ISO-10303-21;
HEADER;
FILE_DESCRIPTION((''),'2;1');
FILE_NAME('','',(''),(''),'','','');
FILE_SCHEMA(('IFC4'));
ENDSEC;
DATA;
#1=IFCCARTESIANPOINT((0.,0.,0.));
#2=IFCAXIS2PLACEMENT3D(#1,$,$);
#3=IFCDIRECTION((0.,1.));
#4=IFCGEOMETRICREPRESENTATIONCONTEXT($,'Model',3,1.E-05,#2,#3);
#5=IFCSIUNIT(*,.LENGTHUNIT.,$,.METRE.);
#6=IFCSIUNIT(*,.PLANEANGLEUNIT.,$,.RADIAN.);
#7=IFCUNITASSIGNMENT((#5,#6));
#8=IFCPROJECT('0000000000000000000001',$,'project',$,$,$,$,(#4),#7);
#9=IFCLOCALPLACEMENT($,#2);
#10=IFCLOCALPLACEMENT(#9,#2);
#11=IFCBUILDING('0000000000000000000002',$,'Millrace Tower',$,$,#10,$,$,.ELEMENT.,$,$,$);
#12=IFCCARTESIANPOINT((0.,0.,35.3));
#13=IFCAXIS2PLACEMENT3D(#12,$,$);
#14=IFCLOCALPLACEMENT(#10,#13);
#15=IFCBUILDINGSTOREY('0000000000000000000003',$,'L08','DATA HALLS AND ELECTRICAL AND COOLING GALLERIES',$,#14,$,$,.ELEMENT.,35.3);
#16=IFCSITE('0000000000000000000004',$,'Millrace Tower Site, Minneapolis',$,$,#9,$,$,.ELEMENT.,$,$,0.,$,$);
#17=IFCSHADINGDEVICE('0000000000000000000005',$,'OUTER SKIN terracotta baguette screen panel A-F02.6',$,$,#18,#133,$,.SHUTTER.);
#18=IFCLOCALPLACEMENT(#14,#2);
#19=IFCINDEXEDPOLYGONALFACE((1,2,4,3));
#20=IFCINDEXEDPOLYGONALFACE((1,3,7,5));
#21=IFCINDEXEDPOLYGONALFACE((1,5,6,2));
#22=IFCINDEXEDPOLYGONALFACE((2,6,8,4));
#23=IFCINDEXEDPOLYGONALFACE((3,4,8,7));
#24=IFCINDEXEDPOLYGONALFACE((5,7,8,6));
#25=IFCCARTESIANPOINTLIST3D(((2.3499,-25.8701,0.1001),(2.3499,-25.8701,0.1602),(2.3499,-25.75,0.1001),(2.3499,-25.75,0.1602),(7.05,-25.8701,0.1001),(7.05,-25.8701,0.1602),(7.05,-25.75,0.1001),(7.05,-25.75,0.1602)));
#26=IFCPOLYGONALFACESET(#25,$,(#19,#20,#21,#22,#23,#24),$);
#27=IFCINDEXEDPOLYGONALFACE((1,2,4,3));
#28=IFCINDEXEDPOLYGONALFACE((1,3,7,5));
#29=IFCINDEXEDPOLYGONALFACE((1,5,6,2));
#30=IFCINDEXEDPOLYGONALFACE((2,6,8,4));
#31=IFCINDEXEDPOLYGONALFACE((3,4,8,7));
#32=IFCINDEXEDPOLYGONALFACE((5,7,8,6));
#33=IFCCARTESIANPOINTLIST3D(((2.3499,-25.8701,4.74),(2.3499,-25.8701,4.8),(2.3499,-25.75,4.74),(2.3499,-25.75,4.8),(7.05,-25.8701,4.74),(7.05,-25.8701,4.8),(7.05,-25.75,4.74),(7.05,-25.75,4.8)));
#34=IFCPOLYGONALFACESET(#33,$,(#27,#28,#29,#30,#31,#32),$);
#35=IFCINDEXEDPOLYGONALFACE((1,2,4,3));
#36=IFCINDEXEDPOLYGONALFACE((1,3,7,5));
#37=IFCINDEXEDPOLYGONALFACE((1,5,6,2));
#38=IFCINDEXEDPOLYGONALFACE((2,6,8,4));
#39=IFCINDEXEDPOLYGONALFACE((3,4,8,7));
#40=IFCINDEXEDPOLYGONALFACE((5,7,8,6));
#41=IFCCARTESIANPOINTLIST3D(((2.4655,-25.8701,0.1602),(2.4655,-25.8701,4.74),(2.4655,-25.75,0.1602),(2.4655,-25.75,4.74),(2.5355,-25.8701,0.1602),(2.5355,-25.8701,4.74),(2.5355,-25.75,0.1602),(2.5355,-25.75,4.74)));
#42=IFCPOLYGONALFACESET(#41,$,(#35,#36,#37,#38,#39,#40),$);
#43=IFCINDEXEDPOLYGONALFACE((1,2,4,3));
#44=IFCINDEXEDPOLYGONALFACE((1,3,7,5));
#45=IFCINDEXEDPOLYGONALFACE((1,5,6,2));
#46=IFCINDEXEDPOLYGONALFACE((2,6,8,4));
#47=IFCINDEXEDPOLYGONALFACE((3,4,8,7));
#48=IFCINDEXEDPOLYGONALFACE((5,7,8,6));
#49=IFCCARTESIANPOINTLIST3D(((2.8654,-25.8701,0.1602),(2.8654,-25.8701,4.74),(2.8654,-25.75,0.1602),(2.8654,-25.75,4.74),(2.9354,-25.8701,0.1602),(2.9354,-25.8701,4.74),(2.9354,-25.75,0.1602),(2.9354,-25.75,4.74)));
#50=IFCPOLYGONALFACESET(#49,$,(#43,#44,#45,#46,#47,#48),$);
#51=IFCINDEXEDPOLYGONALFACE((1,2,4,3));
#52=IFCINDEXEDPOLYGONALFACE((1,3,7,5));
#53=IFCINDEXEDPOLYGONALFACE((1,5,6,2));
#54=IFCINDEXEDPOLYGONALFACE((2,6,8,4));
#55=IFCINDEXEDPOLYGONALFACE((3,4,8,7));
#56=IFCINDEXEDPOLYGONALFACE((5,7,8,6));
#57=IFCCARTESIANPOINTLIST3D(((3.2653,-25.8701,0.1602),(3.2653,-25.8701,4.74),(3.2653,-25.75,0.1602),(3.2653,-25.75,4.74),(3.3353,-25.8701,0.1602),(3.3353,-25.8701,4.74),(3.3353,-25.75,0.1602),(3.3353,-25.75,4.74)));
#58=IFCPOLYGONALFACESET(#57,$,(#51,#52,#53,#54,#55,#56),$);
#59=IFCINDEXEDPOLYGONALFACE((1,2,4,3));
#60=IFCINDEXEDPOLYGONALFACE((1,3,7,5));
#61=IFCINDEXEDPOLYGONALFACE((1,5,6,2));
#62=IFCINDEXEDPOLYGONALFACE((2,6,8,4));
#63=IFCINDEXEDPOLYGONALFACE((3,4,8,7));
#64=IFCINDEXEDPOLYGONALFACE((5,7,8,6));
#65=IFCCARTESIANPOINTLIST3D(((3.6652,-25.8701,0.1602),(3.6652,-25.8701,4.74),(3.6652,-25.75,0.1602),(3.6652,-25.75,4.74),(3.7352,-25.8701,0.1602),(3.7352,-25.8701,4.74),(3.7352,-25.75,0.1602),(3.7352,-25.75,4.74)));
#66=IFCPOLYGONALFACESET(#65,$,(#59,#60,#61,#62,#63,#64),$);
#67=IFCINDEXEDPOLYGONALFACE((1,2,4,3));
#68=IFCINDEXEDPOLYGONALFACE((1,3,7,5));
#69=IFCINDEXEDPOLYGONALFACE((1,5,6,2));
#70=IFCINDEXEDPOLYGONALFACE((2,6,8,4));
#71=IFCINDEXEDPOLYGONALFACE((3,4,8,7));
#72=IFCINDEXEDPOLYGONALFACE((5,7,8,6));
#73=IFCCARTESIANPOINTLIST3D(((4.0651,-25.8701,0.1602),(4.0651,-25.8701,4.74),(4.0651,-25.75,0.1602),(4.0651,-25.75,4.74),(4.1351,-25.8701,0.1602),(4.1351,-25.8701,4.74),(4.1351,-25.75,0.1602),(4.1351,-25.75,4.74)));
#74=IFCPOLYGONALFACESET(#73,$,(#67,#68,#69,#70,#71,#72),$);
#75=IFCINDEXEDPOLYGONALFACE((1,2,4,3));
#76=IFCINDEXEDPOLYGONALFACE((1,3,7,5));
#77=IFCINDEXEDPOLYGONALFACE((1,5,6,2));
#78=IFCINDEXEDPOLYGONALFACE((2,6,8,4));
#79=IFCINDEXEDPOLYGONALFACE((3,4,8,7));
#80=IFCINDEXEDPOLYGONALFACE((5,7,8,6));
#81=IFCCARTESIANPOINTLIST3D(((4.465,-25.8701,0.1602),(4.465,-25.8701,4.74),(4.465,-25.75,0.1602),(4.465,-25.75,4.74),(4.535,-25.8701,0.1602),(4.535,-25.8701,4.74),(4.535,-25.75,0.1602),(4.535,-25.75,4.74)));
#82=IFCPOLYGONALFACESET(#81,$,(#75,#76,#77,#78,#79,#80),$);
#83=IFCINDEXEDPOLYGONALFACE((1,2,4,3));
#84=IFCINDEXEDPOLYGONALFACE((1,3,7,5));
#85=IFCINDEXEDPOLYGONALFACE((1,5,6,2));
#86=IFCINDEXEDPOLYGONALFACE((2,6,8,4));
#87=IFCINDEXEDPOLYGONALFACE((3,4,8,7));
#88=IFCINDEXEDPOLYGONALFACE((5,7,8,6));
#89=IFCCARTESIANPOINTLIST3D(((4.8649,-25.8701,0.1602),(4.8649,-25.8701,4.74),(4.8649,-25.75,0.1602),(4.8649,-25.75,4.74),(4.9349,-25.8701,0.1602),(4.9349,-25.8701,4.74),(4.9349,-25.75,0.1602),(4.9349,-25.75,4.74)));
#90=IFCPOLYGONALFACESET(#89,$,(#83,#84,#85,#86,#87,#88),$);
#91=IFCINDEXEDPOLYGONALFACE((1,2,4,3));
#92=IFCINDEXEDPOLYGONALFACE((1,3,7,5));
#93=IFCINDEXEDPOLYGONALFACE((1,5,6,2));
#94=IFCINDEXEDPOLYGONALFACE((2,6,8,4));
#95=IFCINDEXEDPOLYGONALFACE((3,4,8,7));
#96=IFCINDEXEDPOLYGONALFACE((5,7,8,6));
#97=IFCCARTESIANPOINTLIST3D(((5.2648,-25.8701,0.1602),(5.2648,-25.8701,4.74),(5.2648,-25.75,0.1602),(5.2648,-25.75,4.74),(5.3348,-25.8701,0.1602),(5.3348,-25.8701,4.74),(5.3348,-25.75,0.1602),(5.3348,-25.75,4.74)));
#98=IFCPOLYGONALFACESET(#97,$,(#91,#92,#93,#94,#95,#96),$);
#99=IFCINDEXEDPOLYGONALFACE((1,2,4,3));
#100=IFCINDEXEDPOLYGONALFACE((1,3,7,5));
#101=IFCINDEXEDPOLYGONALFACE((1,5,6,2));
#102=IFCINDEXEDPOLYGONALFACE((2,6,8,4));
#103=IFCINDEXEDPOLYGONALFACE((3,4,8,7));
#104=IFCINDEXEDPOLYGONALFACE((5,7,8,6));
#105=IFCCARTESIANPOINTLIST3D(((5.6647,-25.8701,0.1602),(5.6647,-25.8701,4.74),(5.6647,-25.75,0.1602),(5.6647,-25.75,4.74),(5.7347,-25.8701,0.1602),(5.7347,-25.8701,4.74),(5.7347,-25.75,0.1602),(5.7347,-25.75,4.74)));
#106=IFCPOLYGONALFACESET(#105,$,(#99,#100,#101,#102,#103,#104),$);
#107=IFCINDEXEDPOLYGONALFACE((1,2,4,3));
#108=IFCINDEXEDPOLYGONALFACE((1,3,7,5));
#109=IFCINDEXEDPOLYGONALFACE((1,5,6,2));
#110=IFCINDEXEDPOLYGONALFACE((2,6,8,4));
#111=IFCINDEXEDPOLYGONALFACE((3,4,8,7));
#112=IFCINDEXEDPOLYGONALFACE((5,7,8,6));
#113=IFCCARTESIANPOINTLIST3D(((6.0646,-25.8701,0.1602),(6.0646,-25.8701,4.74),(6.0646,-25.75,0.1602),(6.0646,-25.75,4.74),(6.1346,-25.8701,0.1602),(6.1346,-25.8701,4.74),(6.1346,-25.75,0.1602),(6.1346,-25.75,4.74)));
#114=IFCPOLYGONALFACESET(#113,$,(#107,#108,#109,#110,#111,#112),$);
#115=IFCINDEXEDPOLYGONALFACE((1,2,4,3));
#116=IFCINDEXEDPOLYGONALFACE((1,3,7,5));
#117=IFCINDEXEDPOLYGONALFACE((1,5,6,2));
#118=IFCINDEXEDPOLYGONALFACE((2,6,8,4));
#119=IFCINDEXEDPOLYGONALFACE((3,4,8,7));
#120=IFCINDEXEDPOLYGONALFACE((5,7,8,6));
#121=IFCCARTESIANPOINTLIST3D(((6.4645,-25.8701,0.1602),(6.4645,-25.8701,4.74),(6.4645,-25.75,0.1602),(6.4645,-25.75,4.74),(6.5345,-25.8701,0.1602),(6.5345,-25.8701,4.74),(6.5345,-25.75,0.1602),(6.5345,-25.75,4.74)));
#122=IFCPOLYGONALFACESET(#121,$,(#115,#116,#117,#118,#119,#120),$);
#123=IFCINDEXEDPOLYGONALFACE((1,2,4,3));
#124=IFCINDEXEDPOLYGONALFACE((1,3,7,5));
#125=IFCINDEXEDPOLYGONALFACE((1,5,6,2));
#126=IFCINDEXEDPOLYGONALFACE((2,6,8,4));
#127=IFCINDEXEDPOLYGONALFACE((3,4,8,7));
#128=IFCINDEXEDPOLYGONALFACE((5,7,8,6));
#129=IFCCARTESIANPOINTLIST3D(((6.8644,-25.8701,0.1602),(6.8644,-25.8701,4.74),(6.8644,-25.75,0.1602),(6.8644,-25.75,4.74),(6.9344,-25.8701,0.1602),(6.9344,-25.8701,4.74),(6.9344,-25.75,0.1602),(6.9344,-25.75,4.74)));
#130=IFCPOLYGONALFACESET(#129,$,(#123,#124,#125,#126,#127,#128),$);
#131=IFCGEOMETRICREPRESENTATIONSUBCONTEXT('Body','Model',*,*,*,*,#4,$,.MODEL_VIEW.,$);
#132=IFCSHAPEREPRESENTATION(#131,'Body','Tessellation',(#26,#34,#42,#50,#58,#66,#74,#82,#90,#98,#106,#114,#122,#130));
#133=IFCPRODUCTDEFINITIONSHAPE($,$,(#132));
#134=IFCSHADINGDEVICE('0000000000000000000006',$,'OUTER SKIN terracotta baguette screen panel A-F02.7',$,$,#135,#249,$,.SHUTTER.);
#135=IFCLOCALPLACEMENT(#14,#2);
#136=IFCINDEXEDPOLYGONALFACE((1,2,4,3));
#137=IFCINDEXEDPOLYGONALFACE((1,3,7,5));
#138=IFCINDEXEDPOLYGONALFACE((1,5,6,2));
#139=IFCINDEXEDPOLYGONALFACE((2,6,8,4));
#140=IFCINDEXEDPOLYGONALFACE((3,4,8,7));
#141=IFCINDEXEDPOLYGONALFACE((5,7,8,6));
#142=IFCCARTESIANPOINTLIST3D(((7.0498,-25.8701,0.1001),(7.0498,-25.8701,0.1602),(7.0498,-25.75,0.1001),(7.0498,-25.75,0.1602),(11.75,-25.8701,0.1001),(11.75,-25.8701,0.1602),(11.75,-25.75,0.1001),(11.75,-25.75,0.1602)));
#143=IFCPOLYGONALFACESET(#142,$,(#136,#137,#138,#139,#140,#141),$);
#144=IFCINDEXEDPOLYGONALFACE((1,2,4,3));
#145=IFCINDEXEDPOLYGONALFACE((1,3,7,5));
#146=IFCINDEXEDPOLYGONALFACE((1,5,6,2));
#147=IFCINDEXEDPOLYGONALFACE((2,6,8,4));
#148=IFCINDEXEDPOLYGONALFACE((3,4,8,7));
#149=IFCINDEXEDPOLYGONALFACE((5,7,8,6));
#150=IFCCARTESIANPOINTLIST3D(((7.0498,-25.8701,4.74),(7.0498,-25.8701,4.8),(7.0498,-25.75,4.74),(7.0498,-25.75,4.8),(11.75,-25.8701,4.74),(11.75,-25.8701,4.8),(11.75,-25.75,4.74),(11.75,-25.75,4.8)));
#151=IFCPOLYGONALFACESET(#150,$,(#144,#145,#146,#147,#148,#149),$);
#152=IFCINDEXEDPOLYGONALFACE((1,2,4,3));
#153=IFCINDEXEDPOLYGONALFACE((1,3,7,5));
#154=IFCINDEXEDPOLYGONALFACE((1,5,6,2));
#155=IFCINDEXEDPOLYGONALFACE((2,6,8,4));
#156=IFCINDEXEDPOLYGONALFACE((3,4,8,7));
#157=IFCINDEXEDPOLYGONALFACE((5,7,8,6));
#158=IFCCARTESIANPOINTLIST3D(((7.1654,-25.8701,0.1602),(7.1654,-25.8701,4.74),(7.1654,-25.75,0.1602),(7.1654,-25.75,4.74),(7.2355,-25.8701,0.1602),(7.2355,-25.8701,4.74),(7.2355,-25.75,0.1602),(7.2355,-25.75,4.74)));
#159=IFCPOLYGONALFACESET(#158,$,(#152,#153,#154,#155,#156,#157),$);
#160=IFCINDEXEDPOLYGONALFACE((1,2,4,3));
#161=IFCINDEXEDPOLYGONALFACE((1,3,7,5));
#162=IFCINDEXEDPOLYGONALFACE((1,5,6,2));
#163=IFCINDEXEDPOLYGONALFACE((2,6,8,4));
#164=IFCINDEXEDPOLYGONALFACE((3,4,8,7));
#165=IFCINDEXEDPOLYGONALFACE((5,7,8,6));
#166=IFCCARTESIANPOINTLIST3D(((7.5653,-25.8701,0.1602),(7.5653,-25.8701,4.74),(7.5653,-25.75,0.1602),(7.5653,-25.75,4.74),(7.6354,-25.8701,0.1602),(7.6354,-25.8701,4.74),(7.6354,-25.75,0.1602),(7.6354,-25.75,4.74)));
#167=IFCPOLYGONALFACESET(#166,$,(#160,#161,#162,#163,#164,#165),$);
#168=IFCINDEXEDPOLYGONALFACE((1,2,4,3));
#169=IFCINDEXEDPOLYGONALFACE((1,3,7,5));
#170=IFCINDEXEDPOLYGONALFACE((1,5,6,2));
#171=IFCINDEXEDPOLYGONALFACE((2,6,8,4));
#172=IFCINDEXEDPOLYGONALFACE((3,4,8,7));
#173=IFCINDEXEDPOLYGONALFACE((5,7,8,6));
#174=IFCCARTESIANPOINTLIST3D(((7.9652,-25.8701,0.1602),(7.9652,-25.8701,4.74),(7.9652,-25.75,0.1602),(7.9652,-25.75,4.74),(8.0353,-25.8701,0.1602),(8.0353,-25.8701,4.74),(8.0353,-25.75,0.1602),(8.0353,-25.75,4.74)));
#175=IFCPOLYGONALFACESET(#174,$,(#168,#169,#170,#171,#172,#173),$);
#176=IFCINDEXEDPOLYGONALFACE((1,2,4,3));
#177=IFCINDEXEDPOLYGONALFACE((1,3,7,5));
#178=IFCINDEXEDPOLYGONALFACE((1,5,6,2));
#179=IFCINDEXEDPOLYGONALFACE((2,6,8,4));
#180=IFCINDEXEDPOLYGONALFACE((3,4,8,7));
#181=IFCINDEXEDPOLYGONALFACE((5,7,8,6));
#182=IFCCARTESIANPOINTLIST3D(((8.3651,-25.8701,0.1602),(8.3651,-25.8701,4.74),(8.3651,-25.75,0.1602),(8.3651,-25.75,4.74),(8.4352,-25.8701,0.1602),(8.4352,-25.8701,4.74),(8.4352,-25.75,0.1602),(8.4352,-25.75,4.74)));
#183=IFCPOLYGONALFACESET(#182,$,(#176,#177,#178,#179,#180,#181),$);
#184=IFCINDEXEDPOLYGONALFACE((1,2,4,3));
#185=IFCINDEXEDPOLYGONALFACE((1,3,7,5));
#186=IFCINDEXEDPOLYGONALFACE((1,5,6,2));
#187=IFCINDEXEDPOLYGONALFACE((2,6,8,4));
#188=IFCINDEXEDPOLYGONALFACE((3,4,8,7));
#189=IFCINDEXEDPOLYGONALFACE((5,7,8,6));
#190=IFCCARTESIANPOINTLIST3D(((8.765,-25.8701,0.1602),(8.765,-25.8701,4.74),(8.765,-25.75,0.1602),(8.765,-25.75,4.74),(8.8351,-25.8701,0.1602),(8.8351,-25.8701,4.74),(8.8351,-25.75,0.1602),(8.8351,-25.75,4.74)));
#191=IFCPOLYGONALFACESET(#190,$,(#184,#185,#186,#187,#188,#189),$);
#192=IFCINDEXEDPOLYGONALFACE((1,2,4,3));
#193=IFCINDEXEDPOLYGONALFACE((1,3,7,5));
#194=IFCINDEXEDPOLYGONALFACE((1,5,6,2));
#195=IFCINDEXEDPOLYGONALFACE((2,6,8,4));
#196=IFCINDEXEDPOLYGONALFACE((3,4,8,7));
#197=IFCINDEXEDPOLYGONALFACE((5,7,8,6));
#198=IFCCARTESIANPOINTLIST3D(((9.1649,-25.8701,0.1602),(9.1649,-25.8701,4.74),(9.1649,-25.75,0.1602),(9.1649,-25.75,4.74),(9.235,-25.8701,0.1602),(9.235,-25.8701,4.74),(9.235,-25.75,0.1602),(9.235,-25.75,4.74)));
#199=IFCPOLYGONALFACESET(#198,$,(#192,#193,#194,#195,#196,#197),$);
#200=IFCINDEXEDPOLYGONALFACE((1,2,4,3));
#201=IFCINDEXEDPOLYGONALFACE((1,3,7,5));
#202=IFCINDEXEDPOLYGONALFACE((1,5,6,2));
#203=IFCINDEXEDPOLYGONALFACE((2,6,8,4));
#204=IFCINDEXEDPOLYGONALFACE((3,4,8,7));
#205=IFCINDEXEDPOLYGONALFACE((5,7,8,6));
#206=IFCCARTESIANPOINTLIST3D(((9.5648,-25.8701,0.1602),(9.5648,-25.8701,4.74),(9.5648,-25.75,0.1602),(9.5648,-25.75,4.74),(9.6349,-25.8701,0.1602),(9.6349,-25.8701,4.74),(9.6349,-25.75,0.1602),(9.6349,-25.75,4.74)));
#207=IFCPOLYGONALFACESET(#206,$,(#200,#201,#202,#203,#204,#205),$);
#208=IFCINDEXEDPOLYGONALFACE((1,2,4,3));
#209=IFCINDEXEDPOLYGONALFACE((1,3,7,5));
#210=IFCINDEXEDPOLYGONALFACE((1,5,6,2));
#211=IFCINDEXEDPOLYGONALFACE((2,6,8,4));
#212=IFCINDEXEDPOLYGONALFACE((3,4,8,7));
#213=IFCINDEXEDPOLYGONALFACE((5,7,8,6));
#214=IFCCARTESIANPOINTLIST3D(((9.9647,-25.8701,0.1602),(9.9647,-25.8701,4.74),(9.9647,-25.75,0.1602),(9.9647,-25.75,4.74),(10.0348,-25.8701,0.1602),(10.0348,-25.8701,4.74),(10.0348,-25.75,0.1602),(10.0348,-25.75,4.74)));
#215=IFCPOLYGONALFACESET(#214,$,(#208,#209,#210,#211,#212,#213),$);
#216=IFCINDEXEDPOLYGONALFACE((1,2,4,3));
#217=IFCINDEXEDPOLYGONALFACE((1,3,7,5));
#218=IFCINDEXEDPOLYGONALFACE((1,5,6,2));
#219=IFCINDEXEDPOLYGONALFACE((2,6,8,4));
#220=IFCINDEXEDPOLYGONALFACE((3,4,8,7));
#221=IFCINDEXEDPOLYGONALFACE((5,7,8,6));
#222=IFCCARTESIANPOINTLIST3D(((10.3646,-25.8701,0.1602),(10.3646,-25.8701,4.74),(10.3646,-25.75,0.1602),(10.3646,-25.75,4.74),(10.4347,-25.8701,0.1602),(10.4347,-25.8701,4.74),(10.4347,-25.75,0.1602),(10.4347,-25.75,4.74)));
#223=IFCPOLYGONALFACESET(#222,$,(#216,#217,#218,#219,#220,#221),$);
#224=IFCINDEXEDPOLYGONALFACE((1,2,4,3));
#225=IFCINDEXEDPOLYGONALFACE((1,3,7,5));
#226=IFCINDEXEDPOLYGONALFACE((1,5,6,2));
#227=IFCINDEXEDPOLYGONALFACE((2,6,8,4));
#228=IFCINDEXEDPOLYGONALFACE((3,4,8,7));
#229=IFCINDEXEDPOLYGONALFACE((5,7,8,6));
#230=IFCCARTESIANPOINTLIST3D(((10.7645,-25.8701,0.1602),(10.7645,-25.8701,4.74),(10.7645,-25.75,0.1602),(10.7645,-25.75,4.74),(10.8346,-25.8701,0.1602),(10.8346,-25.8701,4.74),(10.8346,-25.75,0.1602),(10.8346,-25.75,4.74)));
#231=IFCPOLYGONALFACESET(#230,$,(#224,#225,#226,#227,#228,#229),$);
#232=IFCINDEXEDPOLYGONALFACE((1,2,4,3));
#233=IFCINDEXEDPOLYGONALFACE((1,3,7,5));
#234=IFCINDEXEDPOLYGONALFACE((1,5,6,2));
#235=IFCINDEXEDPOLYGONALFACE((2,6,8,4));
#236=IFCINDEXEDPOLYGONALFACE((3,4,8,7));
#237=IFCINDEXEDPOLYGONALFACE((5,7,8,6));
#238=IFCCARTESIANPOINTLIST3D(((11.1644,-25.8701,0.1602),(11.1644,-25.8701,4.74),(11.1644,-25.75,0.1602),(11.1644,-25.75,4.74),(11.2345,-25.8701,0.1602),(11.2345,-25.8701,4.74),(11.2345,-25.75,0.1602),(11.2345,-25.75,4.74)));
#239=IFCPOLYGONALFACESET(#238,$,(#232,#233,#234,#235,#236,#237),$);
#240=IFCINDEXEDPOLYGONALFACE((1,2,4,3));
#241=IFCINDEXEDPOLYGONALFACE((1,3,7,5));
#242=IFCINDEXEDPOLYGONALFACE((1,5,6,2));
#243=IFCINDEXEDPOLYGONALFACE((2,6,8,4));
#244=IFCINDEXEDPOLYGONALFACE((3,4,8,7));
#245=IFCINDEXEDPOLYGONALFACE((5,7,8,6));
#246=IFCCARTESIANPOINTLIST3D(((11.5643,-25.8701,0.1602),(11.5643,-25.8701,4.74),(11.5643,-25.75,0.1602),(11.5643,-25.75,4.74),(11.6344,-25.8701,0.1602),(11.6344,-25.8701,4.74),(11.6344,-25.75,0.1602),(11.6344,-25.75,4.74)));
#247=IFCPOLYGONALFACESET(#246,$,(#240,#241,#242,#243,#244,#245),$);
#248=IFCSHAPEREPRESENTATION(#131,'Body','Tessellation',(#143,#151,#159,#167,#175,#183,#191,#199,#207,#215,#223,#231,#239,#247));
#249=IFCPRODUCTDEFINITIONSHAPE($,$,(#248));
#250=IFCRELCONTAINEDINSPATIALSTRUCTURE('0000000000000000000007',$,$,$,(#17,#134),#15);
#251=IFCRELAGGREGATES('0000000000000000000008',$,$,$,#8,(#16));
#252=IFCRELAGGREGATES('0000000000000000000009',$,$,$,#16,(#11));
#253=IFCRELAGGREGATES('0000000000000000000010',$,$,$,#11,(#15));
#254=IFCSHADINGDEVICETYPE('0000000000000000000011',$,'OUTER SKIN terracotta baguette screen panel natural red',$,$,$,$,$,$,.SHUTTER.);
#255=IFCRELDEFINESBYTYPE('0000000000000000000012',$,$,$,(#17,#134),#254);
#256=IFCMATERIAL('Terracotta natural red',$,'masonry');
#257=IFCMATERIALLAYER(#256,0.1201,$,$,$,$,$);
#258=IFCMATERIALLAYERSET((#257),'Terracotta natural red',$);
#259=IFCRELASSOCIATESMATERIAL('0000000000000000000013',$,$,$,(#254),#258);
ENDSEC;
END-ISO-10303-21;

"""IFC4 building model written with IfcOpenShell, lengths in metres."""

from ifc_helpers import new_model, entity, si_unit, direction, frame, frame_2d, origin, place, context, subcontext, project, spatial, rectangle, extrude, source, transform, mapped, material, layer, layer_set, type_object, element, save


model = new_model("IFC4")

# Units and contexts
model_context = context("Model", 3, precision=1e-05, world=origin(), true_north=direction((0.0, 1.0)))
body_context = subcontext(model_context, "Body", "Model", "MODEL_VIEW")
ifc_project = project(units=[si_unit("LENGTHUNIT", "METRE"), si_unit("PLANEANGLEUNIT", "RADIAN")], contexts=[model_context])

# Site, building, storey
site_placement = place(None, origin())
site = spatial("IfcSite", under=ifc_project, at=site_placement, Name="Millrace Tower Site, Minneapolis", CompositionType="ELEMENT", RefElevation=0.0)
building_placement = place(site_placement, origin())
building = spatial("IfcBuilding", under=site, at=building_placement, Name="Millrace Tower", CompositionType="ELEMENT")
storey_placement = place(building_placement, frame((0.0, 0.0, 35.3)))
storey = spatial("IfcBuildingStorey", under=building, at=storey_placement, Name="L08", Description="DATA HALLS AND ELECTRICAL AND COOLING GALLERIES", CompositionType="ELEMENT", Elevation=35.3)

# Shading devices
ifc_material_1 = material(Name="Terracotta natural red", Category="masonry")
ifc_layer_1 = layer(ifc_material_1, 0.1201)
ifc_layer_set_1 = layer_set([ifc_layer_1], Name="Terracotta natural red")
shading_device_type = type_object("IfcShadingDeviceType", Name="OUTER SKIN terracotta baguette screen panel natural red", PredefinedType="SHUTTER", material=ifc_layer_set_1)
cartesian_point = entity("IfcCartesianPoint", [-2.3501, 0.0601])
shared_polyline = entity("IfcPolyline", [cartesian_point, entity("IfcCartesianPoint", [2.3501, 0.0601]), entity("IfcCartesianPoint", [2.3501, -0.0601]), entity("IfcCartesianPoint", [-2.3501, -0.0601]), cartesian_point])
shared_shape = source(origin(), body_context, "Body", "SweptSolid", [
    entity("IfcExtrudedAreaSolid", entity("IfcArbitraryClosedProfileDef", "AREA", None, shared_polyline), entity("IfcAxis2Placement3D", entity("IfcCartesianPoint", [0.0, 0.0, 0.0])), entity("IfcDirection", [0.0, 0.0, 1.0]), 0.0601),
    entity("IfcExtrudedAreaSolid", entity("IfcArbitraryClosedProfileDef", "AREA", None, shared_polyline), entity("IfcAxis2Placement3D", entity("IfcCartesianPoint", [0.0, 0.0, 4.6399])), entity("IfcDirection", [0.0, 0.0, 1.0]), 0.0601),
    extrude(rectangle(XDim=0.0701, YDim=0.1201, at=frame_2d((-2.1995, 0.0))), frame((0.0, 0.0, 0.0601)), (0.0, 0.0, 1.0), 4.5798),
    extrude(rectangle(XDim=0.0701, YDim=0.1201, at=frame_2d((-1.7996, 0.0))), frame((0.0, 0.0, 0.0601)), (0.0, 0.0, 1.0), 4.5798),
    extrude(rectangle(XDim=0.0701, YDim=0.1201, at=frame_2d((-1.3997, 0.0))), frame((0.0, 0.0, 0.0601)), (0.0, 0.0, 1.0), 4.5798),
    extrude(rectangle(XDim=0.0701, YDim=0.1201, at=frame_2d((-0.9998, 0.0))), frame((0.0, 0.0, 0.0601)), (0.0, 0.0, 1.0), 4.5798),
    extrude(rectangle(XDim=0.0701, YDim=0.1201, at=frame_2d((-0.5999, 0.0))), frame((0.0, 0.0, 0.0601)), (0.0, 0.0, 1.0), 4.5798),
    extrude(rectangle(XDim=0.0701, YDim=0.1201, at=frame_2d((-0.2, 0.0))), frame((0.0, 0.0, 0.0601)), (0.0, 0.0, 1.0), 4.5798),
    extrude(rectangle(XDim=0.0701, YDim=0.1201, at=frame_2d((0.2, 0.0))), frame((0.0, 0.0, 0.0601)), (0.0, 0.0, 1.0), 4.5798),
    extrude(rectangle(XDim=0.0701, YDim=0.1201, at=frame_2d((0.5999, 0.0))), frame((0.0, 0.0, 0.0601)), (0.0, 0.0, 1.0), 4.5798),
    extrude(rectangle(XDim=0.0701, YDim=0.1201, at=frame_2d((0.9998, 0.0))), frame((0.0, 0.0, 0.0601)), (0.0, 0.0, 1.0), 4.5798),
    extrude(rectangle(XDim=0.0701, YDim=0.1201, at=frame_2d((1.3997, 0.0))), frame((0.0, 0.0, 0.0601)), (0.0, 0.0, 1.0), 4.5798),
    extrude(rectangle(XDim=0.0701, YDim=0.1201, at=frame_2d((1.7996, 0.0))), frame((0.0, 0.0, 0.0601)), (0.0, 0.0, 1.0), 4.5798),
    extrude(rectangle(XDim=0.0701, YDim=0.1201, at=frame_2d((2.1995, 0.0))), frame((0.0, 0.0, 0.0601)), (0.0, 0.0, 1.0), 4.5798),
])
for number, where, z_axis, x_axis, name in (
    (1, (4.7, -25.8101, 0.1001), (0.0, 0.0, 1.0), (1.0, 0.0, 0.0), "OUTER SKIN terracotta baguette screen panel A-F02.6"),
    (2, (9.3999, -25.8101, 0.1001), (0.0, 0.0, 1.0), (1.0, 0.0, 0.0), "OUTER SKIN terracotta baguette screen panel A-F02.7"),
):
    element("IfcShadingDevice", number, at=place(storey_placement, frame(where, z_axis=z_axis, x_axis=x_axis)), inside=storey, type_object=shading_device_type, Name=name, PredefinedType="SHUTTER", context=body_context, shape_type="MappedRepresentation", body=[
        mapped(shared_shape, transform((0.0, 0.0, 0.0), scale=1.0)),
    ])

save(model, "model.ifc")
